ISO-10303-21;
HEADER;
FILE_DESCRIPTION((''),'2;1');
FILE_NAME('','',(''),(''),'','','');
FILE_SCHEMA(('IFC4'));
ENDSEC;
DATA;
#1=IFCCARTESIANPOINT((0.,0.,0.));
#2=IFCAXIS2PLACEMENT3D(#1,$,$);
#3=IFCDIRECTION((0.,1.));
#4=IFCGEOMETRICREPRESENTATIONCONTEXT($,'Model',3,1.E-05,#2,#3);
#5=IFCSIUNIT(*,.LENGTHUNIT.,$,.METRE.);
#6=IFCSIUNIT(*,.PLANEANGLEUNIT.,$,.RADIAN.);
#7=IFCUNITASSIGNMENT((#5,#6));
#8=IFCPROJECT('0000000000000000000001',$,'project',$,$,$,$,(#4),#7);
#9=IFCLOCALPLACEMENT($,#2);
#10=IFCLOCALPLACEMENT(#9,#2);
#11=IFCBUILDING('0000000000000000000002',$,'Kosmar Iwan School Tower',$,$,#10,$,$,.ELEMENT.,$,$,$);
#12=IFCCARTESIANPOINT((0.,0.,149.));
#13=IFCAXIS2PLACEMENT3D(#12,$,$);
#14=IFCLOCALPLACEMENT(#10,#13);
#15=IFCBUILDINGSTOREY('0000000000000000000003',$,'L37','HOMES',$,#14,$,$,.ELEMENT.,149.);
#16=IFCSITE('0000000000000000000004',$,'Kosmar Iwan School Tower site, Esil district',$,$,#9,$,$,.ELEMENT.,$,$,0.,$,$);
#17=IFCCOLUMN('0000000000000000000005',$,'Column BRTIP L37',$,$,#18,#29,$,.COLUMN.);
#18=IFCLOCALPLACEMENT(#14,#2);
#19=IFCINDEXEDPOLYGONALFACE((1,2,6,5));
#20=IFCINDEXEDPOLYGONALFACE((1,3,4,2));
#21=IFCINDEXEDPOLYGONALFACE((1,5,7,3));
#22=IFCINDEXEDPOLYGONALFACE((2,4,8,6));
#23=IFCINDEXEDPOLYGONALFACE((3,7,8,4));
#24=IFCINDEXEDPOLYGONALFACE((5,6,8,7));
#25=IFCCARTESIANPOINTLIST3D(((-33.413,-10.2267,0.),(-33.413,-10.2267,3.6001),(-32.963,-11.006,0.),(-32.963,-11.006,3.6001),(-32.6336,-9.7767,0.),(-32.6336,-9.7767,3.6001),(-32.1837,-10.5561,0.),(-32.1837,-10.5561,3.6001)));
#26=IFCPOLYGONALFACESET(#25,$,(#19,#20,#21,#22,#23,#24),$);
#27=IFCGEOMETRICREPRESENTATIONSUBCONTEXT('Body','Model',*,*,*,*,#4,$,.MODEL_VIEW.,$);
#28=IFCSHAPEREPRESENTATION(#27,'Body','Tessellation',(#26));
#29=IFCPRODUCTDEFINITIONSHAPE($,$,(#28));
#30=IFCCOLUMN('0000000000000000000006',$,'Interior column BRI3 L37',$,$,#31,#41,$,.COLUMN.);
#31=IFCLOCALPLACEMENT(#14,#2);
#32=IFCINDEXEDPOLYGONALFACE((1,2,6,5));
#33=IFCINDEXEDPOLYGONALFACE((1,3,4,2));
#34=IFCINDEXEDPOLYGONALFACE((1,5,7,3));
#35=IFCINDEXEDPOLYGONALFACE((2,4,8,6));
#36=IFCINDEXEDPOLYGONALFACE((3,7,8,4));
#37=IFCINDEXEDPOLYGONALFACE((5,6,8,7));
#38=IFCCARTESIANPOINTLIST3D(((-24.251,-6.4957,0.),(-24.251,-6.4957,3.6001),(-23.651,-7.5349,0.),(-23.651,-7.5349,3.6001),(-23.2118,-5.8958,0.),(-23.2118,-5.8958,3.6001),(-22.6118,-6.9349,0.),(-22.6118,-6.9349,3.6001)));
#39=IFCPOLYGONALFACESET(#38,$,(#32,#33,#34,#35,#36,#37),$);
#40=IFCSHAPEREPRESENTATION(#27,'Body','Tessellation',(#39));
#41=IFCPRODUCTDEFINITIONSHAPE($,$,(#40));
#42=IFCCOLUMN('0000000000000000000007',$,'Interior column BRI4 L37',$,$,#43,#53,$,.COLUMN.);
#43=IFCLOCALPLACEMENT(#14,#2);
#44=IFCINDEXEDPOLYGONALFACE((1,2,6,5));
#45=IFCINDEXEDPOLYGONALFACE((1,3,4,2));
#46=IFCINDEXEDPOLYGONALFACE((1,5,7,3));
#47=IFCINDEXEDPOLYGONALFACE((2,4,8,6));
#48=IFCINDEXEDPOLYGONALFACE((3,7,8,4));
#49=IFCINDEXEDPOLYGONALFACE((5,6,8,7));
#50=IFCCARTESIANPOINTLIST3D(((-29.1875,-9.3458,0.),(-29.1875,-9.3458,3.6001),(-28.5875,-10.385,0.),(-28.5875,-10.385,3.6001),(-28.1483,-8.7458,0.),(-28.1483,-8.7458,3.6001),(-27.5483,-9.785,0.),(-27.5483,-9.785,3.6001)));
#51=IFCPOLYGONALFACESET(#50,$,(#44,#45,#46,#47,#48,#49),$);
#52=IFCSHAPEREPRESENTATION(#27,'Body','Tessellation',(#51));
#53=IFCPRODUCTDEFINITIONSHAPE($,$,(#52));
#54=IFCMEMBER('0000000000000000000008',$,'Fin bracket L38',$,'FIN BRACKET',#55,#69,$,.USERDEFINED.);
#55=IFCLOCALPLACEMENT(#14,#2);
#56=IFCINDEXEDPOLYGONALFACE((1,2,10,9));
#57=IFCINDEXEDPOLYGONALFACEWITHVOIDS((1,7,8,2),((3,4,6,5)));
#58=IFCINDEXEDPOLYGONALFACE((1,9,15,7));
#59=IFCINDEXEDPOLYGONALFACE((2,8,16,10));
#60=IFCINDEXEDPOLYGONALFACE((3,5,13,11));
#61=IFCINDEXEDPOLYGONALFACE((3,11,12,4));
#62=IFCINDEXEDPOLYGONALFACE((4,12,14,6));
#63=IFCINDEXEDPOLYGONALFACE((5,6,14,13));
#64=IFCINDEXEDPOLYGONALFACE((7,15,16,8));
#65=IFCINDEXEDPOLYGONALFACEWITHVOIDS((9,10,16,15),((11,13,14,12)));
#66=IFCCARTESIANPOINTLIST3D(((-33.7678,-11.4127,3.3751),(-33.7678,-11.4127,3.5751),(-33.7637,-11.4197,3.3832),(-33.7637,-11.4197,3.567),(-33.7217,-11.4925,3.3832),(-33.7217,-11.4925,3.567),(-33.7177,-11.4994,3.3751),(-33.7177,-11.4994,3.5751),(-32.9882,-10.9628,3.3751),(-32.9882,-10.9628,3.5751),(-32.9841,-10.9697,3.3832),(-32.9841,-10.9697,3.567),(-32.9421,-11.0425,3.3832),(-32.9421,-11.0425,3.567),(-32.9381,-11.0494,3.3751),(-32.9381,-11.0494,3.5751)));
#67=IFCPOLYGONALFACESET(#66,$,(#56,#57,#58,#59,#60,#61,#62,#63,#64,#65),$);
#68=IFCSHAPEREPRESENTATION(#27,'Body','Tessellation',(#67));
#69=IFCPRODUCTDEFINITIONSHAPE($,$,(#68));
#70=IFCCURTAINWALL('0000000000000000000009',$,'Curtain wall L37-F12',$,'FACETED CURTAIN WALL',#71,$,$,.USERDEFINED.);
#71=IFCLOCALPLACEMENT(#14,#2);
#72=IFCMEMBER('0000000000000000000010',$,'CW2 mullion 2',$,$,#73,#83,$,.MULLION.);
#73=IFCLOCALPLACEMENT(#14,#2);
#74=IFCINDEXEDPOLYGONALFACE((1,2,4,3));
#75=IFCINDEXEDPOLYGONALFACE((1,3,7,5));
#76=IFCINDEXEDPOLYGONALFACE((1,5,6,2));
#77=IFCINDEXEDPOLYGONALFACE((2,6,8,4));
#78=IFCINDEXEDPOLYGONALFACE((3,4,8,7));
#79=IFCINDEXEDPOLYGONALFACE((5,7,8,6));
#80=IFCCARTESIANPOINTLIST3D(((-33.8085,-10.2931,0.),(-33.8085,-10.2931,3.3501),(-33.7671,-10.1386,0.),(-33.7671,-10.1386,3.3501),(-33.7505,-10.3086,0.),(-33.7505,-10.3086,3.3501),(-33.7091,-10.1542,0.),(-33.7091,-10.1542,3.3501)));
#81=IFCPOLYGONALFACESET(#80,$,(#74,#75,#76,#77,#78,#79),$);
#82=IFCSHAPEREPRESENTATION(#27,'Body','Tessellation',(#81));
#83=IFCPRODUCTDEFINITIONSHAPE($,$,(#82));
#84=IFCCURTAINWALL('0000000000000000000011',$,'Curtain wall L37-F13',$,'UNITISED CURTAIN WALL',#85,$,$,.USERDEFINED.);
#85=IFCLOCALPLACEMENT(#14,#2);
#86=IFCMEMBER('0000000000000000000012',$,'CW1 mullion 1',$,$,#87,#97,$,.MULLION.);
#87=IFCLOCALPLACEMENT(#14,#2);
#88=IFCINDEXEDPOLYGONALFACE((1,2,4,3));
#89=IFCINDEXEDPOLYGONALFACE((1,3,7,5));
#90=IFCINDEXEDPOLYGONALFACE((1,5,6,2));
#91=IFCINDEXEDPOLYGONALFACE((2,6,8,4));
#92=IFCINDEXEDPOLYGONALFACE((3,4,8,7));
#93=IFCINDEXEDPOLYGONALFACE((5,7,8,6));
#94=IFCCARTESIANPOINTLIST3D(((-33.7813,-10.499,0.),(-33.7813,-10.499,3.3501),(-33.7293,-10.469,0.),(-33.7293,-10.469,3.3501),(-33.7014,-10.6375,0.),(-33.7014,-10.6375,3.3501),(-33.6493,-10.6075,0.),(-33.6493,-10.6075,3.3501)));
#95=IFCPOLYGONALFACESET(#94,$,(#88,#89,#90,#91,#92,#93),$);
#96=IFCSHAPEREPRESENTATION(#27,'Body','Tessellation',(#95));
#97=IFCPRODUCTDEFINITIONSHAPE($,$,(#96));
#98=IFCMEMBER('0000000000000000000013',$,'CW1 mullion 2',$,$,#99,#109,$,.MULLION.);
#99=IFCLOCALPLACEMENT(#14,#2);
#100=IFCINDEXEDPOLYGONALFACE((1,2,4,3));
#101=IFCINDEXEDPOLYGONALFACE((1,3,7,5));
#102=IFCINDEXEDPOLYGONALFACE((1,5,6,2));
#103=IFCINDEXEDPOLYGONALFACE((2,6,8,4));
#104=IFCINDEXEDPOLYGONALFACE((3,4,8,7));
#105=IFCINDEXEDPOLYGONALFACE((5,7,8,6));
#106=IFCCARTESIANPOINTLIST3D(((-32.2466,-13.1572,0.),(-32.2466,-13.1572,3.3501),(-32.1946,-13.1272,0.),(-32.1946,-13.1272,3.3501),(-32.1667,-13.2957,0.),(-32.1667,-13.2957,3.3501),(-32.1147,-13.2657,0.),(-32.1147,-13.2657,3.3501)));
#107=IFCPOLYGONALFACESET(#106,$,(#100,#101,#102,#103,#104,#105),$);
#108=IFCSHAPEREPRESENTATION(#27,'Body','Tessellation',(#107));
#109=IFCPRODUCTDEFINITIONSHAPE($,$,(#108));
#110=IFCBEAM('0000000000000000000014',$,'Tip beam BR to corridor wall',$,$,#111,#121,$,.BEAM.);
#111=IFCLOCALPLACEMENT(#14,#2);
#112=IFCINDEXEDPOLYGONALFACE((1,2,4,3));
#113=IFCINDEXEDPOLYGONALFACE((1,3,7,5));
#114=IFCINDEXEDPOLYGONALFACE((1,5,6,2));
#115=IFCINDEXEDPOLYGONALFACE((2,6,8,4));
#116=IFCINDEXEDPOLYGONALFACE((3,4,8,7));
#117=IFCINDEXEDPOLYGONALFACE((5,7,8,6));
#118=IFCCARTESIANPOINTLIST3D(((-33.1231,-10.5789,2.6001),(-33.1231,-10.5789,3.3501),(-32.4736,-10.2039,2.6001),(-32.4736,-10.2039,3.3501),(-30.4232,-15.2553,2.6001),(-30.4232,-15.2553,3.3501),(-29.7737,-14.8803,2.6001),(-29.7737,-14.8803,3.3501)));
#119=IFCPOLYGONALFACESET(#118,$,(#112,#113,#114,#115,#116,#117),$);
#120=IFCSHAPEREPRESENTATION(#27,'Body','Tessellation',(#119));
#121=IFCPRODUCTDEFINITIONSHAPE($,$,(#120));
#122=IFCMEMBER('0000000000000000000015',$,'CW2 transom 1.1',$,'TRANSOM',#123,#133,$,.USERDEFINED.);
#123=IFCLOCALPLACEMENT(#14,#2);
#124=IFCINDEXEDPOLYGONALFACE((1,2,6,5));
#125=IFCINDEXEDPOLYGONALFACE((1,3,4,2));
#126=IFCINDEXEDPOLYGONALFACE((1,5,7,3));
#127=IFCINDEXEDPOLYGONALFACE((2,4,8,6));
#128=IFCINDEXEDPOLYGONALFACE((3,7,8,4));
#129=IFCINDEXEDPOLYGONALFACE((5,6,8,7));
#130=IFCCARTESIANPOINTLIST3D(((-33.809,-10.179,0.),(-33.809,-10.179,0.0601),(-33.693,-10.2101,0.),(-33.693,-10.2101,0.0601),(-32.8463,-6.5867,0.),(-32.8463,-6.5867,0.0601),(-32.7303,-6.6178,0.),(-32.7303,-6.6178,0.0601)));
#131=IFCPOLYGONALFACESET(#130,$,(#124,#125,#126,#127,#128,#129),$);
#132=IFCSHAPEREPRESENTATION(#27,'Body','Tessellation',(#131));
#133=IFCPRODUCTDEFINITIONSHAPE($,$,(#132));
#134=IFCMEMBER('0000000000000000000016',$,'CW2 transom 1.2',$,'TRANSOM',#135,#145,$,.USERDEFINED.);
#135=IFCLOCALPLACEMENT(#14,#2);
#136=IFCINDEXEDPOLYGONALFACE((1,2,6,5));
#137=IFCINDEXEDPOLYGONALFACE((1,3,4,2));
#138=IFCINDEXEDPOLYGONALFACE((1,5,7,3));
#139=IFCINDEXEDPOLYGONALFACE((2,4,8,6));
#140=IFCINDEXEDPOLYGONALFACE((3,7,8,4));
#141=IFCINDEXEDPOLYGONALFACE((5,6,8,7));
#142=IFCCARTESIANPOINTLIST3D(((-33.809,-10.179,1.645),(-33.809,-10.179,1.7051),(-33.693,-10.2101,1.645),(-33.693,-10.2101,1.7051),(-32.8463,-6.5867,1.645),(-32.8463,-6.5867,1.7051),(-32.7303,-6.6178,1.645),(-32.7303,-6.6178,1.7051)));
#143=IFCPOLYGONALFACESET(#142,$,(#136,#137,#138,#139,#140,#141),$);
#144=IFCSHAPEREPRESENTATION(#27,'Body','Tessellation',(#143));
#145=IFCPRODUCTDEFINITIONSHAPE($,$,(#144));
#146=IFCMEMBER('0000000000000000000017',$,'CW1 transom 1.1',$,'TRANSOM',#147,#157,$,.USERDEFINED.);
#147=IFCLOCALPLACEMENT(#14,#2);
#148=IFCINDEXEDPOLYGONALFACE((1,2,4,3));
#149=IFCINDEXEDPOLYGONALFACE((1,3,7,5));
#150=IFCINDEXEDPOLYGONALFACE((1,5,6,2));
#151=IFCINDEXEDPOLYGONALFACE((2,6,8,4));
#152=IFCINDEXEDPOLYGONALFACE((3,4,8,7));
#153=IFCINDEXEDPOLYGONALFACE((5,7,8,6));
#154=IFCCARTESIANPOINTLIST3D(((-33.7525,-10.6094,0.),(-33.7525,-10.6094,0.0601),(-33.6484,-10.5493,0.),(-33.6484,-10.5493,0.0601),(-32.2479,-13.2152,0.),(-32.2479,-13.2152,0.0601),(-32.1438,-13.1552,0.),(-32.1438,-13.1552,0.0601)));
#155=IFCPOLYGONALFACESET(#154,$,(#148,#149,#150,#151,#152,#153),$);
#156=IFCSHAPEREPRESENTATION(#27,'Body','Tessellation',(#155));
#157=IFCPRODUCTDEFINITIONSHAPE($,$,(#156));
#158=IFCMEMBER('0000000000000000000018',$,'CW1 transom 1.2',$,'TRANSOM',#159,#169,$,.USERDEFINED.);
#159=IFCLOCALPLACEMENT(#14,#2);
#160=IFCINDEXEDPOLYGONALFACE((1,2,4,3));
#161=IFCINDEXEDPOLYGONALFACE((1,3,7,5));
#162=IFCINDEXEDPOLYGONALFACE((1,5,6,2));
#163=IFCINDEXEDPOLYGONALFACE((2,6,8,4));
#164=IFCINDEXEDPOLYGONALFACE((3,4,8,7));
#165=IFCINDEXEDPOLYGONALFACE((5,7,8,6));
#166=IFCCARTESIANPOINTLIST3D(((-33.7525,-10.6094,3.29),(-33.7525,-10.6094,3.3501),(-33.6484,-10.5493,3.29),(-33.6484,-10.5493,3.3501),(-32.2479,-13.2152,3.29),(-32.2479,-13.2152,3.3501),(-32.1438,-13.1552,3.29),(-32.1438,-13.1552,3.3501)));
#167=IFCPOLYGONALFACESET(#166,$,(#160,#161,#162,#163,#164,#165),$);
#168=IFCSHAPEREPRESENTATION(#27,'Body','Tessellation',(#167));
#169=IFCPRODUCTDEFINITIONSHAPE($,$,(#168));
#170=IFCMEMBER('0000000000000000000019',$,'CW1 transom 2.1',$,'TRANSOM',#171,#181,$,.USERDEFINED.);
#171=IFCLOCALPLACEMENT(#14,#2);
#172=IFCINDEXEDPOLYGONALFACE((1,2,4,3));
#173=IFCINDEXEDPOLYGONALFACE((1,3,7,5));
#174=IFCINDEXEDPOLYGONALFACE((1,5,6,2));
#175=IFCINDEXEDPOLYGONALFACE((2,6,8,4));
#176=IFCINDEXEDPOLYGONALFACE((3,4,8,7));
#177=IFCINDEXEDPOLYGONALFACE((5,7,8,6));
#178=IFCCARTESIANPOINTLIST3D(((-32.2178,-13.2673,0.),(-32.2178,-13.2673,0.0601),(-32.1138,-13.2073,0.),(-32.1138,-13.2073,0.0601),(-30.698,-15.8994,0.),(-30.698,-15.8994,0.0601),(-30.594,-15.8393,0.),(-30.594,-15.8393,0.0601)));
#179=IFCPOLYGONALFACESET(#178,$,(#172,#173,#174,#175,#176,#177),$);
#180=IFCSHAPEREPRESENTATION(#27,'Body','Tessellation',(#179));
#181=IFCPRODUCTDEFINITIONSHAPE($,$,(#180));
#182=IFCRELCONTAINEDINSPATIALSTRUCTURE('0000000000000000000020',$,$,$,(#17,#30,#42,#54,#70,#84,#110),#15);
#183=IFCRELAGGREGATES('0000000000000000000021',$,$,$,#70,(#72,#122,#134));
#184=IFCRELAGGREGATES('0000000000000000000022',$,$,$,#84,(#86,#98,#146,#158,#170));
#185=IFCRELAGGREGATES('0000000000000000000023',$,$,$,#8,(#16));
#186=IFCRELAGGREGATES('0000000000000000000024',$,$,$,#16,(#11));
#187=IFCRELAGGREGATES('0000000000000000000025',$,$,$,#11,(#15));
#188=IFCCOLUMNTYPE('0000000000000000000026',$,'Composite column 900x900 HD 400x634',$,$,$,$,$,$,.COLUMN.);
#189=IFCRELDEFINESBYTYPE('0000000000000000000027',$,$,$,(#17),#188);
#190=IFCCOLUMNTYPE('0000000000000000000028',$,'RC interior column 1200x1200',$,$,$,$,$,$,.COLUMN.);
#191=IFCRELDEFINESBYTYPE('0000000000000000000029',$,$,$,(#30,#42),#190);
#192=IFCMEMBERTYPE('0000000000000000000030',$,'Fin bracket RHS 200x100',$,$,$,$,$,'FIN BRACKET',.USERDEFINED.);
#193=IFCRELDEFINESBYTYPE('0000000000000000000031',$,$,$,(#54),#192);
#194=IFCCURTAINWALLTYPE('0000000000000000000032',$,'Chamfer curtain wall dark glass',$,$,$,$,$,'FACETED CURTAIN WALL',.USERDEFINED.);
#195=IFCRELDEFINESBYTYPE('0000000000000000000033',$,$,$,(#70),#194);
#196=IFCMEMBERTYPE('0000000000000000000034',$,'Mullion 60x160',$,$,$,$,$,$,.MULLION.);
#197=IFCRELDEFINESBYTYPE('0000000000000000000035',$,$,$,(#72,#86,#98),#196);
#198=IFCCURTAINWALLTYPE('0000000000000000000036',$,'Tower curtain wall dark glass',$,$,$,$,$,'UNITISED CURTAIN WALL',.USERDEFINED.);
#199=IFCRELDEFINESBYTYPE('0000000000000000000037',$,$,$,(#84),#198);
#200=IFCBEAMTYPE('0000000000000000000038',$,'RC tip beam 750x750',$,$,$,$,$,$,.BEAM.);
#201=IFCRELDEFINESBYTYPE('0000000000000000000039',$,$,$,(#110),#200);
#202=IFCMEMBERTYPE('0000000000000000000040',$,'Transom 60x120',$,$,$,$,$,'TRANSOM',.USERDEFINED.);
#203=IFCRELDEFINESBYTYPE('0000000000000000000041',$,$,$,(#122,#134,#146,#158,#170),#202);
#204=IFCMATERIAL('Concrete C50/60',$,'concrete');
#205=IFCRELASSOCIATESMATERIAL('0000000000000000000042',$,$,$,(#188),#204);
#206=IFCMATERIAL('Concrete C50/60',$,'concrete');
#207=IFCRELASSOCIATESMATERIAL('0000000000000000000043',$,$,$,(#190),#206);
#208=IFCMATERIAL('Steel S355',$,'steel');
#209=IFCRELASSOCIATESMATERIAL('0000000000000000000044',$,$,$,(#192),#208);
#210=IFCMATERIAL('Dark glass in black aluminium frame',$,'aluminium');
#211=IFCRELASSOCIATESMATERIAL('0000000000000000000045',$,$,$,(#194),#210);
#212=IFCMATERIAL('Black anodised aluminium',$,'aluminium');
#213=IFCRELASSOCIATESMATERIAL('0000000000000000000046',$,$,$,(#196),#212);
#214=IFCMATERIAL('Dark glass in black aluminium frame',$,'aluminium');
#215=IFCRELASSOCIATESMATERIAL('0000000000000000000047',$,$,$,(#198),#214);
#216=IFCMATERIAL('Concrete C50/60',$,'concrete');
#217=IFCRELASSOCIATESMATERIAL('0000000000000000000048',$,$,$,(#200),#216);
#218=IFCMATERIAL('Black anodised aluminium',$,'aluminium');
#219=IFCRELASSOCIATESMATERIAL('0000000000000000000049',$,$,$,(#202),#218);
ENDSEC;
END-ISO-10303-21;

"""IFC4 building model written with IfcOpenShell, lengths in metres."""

from ifc_helpers import new_model, si_unit, direction, frame, origin, origin_2d, place, context, subcontext, project, spatial, rectangle, hollow_rectangle, extrude, material, material_profile, profile_set, type_object, element, aggregate, save


model = new_model("IFC4")

# Units and contexts
model_context = context("Model", 3, precision=1e-05, world=origin(), true_north=direction((0.0, 1.0)))
body_context = subcontext(model_context, "Body", "Model", "MODEL_VIEW")
ifc_project = project(units=[si_unit("LENGTHUNIT", "METRE"), si_unit("PLANEANGLEUNIT", "RADIAN")], contexts=[model_context])

# Site, building, storey
site_placement = place(None, origin())
site = spatial("IfcSite", under=ifc_project, at=site_placement, Name="Kosmar Iwan School Tower site, Esil district", CompositionType="ELEMENT", RefElevation=0.0)
building_placement = place(site_placement, origin())
building = spatial("IfcBuilding", under=site, at=building_placement, Name="Kosmar Iwan School Tower", CompositionType="ELEMENT")
storey_placement = place(building_placement, frame((0.0, 0.0, 149.0)))
storey = spatial("IfcBuildingStorey", under=building, at=storey_placement, Name="L37", Description="HOMES", CompositionType="ELEMENT", Elevation=149.0)

# Columns
ifc_material_1 = material(Name="Concrete C50/60", Category="concrete")
ifc_material_profile_1 = material_profile(ifc_material_1, rectangle(XDim=0.8999, YDim=0.8999, at=origin_2d()), Name="RC 900x900 + HD 400x634")
ifc_profile_set_1 = profile_set([ifc_material_profile_1], Name="Concrete C50/60")
column_type_1 = type_object("IfcColumnType", Name="Composite column 900x900 HD 400x634", PredefinedType="COLUMN", material=ifc_profile_set_1)
column_placement = place(storey_placement, frame((-32.7983, -10.3914, 0.0), z_axis=(0.0, 0.0, 1.0), x_axis=(-0.866025, -0.5, 0.0)))
element("IfcColumn", 1, at=column_placement, inside=storey, type_object=column_type_1, Name="Column BRTIP L37", PredefinedType="COLUMN", context=body_context, shape_type="SweptSolid", body=[
    extrude(rectangle(XDim=0.8999, YDim=0.8999, at=origin_2d()), origin(), (0.0, 0.0, 1.0), 3.6001),
])
ifc_material_2 = material(Name="Concrete C50/60", Category="concrete")
ifc_material_profile_2 = material_profile(ifc_material_2, rectangle(XDim=1.2, YDim=1.2, at=origin_2d()), Name="RC 1200x1200")
ifc_profile_set_2 = profile_set([ifc_material_profile_2], Name="Concrete C50/60")
column_type_2 = type_object("IfcColumnType", Name="RC interior column 1200x1200", PredefinedType="COLUMN", material=ifc_profile_set_2)
for number, where, z_axis, x_axis, name in (
    (2, (-23.4314, -6.7153, 0.0), (0.0, 0.0, 1.0), (-0.866025, -0.5, 0.0), "Interior column BRI3 L37"),
    (3, (-28.3679, -9.5654, 0.0), (0.0, 0.0, 1.0), (-0.866025, -0.5, 0.0), "Interior column BRI4 L37"),
):
    element("IfcColumn", number, at=place(storey_placement, frame(where, z_axis=z_axis, x_axis=x_axis)), inside=storey, type_object=column_type_2, Name=name, PredefinedType="COLUMN", context=body_context, shape_type="SweptSolid", body=[
        extrude(rectangle(XDim=1.2, YDim=1.2, at=origin_2d()), origin(), (0.0, 0.0, 1.0), 3.6001),
    ])

# Member
ifc_material_3 = material(Name="Steel S355", Category="steel")
ifc_material_profile_3 = material_profile(ifc_material_3, hollow_rectangle(XDim=0.1001, YDim=0.2, WallThickness=0.0081, at=origin_2d()), Name="RHS 200x100x8")
ifc_profile_set_3 = profile_set([ifc_material_profile_3], Name="Steel S355")
member_type_1 = type_object("IfcMemberType", Name="Fin bracket RHS 200x100", ElementType="FIN BRACKET", PredefinedType="USERDEFINED", material=ifc_profile_set_3)
member_1_placement = place(storey_placement, frame((-32.9631, -11.0061, 3.4751), z_axis=(-0.866082, -0.499902, 0.0), x_axis=(0.499902, -0.866082, 0.0)))
element("IfcMember", 4, at=member_1_placement, inside=storey, type_object=member_type_1, Name="Fin bracket L38", ObjectType="FIN BRACKET", PredefinedType="USERDEFINED", context=body_context, shape_type="SweptSolid", body=[
    extrude(hollow_rectangle(XDim=0.1001, YDim=0.2, WallThickness=0.0081, at=origin_2d()), origin(), (0.0, 0.0, 1.0), 0.9001),
])

# Curtain wall, member
ifc_material_4 = material(Name="Dark glass in black aluminium frame", Category="aluminium")
curtain_wall_type_1 = type_object("IfcCurtainWallType", Name="Chamfer curtain wall dark glass", ElementType="FACETED CURTAIN WALL", PredefinedType="USERDEFINED", material=ifc_material_4)
curtain_wall_1_placement = place(storey_placement, origin())
curtain_wall_1 = element("IfcCurtainWall", 5, at=curtain_wall_1_placement, inside=storey, type_object=curtain_wall_type_1, Name="Curtain wall L37-F12", ObjectType="FACETED CURTAIN WALL", PredefinedType="USERDEFINED")
ifc_material_5 = material(Name="Black anodised aluminium", Category="aluminium")
ifc_material_profile_4 = material_profile(ifc_material_5, rectangle(XDim=0.0601, YDim=0.1599, at=origin_2d()), Name="MULLION 60x160")
ifc_profile_set_4 = profile_set([ifc_material_profile_4], Name="Black anodised aluminium")
member_type_2 = type_object("IfcMemberType", Name="Mullion 60x160", PredefinedType="MULLION", material=ifc_profile_set_4)
member_2_placement = place(storey_placement, frame((-33.7588, -10.2236, 0.0), z_axis=(0.0, 0.0, 1.0), x_axis=(0.965926, -0.258819, 0.0)))
member_2 = element("IfcMember", 6, at=member_2_placement, type_object=member_type_2, Name="CW2 mullion 2", PredefinedType="MULLION", context=body_context, shape_type="SweptSolid", body=[
    extrude(rectangle(XDim=0.0601, YDim=0.1599, at=origin_2d()), origin(), (0.0, 0.0, 1.0), 3.3501),
])

# Curtain wall, members
ifc_material_6 = material(Name="Dark glass in black aluminium frame", Category="aluminium")
curtain_wall_type_2 = type_object("IfcCurtainWallType", Name="Tower curtain wall dark glass", ElementType="UNITISED CURTAIN WALL", PredefinedType="USERDEFINED", material=ifc_material_6)
curtain_wall_2_placement = place(storey_placement, origin())
curtain_wall_2 = element("IfcCurtainWall", 7, at=curtain_wall_2_placement, inside=storey, type_object=curtain_wall_type_2, Name="Curtain wall L37-F13", ObjectType="UNITISED CURTAIN WALL", PredefinedType="USERDEFINED")
member_3_placement = place(storey_placement, frame((-33.7153, -10.5532, 0.0), z_axis=(0.0, 0.0, 1.0), x_axis=(0.866025, 0.5, 0.0)))
member_3 = element("IfcMember", 8, at=member_3_placement, type_object=member_type_2, Name="CW1 mullion 1", PredefinedType="MULLION", context=body_context, shape_type="SweptSolid", body=[
    extrude(rectangle(XDim=0.0601, YDim=0.1599, at=origin_2d()), origin(), (0.0, 0.0, 1.0), 3.3501),
])
member_4_placement = place(storey_placement, frame((-32.1807, -13.2114, 0.0), z_axis=(0.0, 0.0, 1.0), x_axis=(0.866025, 0.5, 0.0)))
member_4 = element("IfcMember", 9, at=member_4_placement, type_object=member_type_2, Name="CW1 mullion 2", PredefinedType="MULLION", context=body_context, shape_type="SweptSolid", body=[
    extrude(rectangle(XDim=0.0601, YDim=0.1599, at=origin_2d()), origin(), (0.0, 0.0, 1.0), 3.3501),
])

# Beam
ifc_material_7 = material(Name="Concrete C50/60", Category="concrete")
ifc_material_profile_5 = material_profile(ifc_material_7, rectangle(XDim=0.75, YDim=0.75, at=origin_2d()), Name="RC 750x750")
ifc_profile_set_5 = profile_set([ifc_material_profile_5], Name="Concrete C50/60")
beam_type = type_object("IfcBeamType", Name="RC tip beam 750x750", PredefinedType="BEAM", material=ifc_profile_set_5)
beam_placement = place(storey_placement, frame((-32.7983, -10.3914, 2.9751), z_axis=(0.499995, -0.866028, 0.0), x_axis=(0.866028, 0.499995, 0.0)))
element("IfcBeam", 10, at=beam_placement, inside=storey, type_object=beam_type, Name="Tip beam BR to corridor wall", PredefinedType="BEAM", context=body_context, shape_type="SweptSolid", body=[
    extrude(rectangle(XDim=0.75, YDim=0.75, at=origin_2d()), origin(), (0.0, 0.0, 1.0), 5.3999),
])

# Members
ifc_material_8 = material(Name="Black anodised aluminium", Category="aluminium")
ifc_material_profile_6 = material_profile(ifc_material_8, rectangle(XDim=0.1201, YDim=0.0601, at=origin_2d()), Name="TRANSOM 60x120")
ifc_profile_set_6 = profile_set([ifc_material_profile_6], Name="Black anodised aluminium")
member_type_3 = type_object("IfcMemberType", Name="Transom 60x120", ElementType="TRANSOM", PredefinedType="USERDEFINED", material=ifc_profile_set_6)
member_5_placement = place(storey_placement, frame((-32.7883, -6.6023, 0.03), z_axis=(-0.258843, -0.965919, 0.0), x_axis=(0.965919, -0.258843, 0.0)))
member_5 = element("IfcMember", 11, at=member_5_placement, type_object=member_type_3, Name="CW2 transom 1.1", ObjectType="TRANSOM", PredefinedType="USERDEFINED", context=body_context, shape_type="SweptSolid", body=[
    extrude(rectangle(XDim=0.1201, YDim=0.0601, at=origin_2d()), origin(), (0.0, 0.0, 1.0), 3.719),
])
member_6_placement = place(storey_placement, frame((-32.7883, -6.6023, 1.675), z_axis=(-0.258843, -0.965919, 0.0), x_axis=(0.965919, -0.258843, 0.0)))
member_6 = element("IfcMember", 12, at=member_6_placement, type_object=member_type_3, Name="CW2 transom 1.2", ObjectType="TRANSOM", PredefinedType="USERDEFINED", context=body_context, shape_type="SweptSolid", body=[
    extrude(rectangle(XDim=0.1201, YDim=0.0601, at=origin_2d()), origin(), (0.0, 0.0, 1.0), 3.719),
])
member_7_placement = place(storey_placement, frame((-33.7004, -10.5793, 0.03), z_axis=(0.500022, -0.866013, 0.0), x_axis=(0.866013, 0.500022, 0.0)))
member_7 = element("IfcMember", 13, at=member_7_placement, type_object=member_type_3, Name="CW1 transom 1.1", ObjectType="TRANSOM", PredefinedType="USERDEFINED", context=body_context, shape_type="SweptSolid", body=[
    extrude(rectangle(XDim=0.1201, YDim=0.0601, at=origin_2d()), origin(), (0.0, 0.0, 1.0), 3.009),
])
member_8_placement = place(storey_placement, frame((-33.7004, -10.5793, 3.3201), z_axis=(0.500022, -0.866013, 0.0), x_axis=(0.866013, 0.500022, 0.0)))
member_8 = element("IfcMember", 14, at=member_8_placement, type_object=member_type_3, Name="CW1 transom 1.2", ObjectType="TRANSOM", PredefinedType="USERDEFINED", context=body_context, shape_type="SweptSolid", body=[
    extrude(rectangle(XDim=0.1201, YDim=0.0601, at=origin_2d()), origin(), (0.0, 0.0, 1.0), 3.009),
])
member_9_placement = place(storey_placement, frame((-32.1658, -13.2373, 0.03), z_axis=(0.500035, -0.866005, 0.0), x_axis=(0.866005, 0.500035, 0.0)))
member_9 = element("IfcMember", 15, at=member_9_placement, type_object=member_type_3, Name="CW1 transom 2.1", ObjectType="TRANSOM", PredefinedType="USERDEFINED", context=body_context, shape_type="SweptSolid", body=[
    extrude(rectangle(XDim=0.1201, YDim=0.0601, at=origin_2d()), origin(), (0.0, 0.0, 1.0), 3.0393),
])

aggregate(curtain_wall_1, [member_2, member_5, member_6])
aggregate(curtain_wall_2, [member_3, member_4, member_7, member_8, member_9])

save(model, "model.ifc")
